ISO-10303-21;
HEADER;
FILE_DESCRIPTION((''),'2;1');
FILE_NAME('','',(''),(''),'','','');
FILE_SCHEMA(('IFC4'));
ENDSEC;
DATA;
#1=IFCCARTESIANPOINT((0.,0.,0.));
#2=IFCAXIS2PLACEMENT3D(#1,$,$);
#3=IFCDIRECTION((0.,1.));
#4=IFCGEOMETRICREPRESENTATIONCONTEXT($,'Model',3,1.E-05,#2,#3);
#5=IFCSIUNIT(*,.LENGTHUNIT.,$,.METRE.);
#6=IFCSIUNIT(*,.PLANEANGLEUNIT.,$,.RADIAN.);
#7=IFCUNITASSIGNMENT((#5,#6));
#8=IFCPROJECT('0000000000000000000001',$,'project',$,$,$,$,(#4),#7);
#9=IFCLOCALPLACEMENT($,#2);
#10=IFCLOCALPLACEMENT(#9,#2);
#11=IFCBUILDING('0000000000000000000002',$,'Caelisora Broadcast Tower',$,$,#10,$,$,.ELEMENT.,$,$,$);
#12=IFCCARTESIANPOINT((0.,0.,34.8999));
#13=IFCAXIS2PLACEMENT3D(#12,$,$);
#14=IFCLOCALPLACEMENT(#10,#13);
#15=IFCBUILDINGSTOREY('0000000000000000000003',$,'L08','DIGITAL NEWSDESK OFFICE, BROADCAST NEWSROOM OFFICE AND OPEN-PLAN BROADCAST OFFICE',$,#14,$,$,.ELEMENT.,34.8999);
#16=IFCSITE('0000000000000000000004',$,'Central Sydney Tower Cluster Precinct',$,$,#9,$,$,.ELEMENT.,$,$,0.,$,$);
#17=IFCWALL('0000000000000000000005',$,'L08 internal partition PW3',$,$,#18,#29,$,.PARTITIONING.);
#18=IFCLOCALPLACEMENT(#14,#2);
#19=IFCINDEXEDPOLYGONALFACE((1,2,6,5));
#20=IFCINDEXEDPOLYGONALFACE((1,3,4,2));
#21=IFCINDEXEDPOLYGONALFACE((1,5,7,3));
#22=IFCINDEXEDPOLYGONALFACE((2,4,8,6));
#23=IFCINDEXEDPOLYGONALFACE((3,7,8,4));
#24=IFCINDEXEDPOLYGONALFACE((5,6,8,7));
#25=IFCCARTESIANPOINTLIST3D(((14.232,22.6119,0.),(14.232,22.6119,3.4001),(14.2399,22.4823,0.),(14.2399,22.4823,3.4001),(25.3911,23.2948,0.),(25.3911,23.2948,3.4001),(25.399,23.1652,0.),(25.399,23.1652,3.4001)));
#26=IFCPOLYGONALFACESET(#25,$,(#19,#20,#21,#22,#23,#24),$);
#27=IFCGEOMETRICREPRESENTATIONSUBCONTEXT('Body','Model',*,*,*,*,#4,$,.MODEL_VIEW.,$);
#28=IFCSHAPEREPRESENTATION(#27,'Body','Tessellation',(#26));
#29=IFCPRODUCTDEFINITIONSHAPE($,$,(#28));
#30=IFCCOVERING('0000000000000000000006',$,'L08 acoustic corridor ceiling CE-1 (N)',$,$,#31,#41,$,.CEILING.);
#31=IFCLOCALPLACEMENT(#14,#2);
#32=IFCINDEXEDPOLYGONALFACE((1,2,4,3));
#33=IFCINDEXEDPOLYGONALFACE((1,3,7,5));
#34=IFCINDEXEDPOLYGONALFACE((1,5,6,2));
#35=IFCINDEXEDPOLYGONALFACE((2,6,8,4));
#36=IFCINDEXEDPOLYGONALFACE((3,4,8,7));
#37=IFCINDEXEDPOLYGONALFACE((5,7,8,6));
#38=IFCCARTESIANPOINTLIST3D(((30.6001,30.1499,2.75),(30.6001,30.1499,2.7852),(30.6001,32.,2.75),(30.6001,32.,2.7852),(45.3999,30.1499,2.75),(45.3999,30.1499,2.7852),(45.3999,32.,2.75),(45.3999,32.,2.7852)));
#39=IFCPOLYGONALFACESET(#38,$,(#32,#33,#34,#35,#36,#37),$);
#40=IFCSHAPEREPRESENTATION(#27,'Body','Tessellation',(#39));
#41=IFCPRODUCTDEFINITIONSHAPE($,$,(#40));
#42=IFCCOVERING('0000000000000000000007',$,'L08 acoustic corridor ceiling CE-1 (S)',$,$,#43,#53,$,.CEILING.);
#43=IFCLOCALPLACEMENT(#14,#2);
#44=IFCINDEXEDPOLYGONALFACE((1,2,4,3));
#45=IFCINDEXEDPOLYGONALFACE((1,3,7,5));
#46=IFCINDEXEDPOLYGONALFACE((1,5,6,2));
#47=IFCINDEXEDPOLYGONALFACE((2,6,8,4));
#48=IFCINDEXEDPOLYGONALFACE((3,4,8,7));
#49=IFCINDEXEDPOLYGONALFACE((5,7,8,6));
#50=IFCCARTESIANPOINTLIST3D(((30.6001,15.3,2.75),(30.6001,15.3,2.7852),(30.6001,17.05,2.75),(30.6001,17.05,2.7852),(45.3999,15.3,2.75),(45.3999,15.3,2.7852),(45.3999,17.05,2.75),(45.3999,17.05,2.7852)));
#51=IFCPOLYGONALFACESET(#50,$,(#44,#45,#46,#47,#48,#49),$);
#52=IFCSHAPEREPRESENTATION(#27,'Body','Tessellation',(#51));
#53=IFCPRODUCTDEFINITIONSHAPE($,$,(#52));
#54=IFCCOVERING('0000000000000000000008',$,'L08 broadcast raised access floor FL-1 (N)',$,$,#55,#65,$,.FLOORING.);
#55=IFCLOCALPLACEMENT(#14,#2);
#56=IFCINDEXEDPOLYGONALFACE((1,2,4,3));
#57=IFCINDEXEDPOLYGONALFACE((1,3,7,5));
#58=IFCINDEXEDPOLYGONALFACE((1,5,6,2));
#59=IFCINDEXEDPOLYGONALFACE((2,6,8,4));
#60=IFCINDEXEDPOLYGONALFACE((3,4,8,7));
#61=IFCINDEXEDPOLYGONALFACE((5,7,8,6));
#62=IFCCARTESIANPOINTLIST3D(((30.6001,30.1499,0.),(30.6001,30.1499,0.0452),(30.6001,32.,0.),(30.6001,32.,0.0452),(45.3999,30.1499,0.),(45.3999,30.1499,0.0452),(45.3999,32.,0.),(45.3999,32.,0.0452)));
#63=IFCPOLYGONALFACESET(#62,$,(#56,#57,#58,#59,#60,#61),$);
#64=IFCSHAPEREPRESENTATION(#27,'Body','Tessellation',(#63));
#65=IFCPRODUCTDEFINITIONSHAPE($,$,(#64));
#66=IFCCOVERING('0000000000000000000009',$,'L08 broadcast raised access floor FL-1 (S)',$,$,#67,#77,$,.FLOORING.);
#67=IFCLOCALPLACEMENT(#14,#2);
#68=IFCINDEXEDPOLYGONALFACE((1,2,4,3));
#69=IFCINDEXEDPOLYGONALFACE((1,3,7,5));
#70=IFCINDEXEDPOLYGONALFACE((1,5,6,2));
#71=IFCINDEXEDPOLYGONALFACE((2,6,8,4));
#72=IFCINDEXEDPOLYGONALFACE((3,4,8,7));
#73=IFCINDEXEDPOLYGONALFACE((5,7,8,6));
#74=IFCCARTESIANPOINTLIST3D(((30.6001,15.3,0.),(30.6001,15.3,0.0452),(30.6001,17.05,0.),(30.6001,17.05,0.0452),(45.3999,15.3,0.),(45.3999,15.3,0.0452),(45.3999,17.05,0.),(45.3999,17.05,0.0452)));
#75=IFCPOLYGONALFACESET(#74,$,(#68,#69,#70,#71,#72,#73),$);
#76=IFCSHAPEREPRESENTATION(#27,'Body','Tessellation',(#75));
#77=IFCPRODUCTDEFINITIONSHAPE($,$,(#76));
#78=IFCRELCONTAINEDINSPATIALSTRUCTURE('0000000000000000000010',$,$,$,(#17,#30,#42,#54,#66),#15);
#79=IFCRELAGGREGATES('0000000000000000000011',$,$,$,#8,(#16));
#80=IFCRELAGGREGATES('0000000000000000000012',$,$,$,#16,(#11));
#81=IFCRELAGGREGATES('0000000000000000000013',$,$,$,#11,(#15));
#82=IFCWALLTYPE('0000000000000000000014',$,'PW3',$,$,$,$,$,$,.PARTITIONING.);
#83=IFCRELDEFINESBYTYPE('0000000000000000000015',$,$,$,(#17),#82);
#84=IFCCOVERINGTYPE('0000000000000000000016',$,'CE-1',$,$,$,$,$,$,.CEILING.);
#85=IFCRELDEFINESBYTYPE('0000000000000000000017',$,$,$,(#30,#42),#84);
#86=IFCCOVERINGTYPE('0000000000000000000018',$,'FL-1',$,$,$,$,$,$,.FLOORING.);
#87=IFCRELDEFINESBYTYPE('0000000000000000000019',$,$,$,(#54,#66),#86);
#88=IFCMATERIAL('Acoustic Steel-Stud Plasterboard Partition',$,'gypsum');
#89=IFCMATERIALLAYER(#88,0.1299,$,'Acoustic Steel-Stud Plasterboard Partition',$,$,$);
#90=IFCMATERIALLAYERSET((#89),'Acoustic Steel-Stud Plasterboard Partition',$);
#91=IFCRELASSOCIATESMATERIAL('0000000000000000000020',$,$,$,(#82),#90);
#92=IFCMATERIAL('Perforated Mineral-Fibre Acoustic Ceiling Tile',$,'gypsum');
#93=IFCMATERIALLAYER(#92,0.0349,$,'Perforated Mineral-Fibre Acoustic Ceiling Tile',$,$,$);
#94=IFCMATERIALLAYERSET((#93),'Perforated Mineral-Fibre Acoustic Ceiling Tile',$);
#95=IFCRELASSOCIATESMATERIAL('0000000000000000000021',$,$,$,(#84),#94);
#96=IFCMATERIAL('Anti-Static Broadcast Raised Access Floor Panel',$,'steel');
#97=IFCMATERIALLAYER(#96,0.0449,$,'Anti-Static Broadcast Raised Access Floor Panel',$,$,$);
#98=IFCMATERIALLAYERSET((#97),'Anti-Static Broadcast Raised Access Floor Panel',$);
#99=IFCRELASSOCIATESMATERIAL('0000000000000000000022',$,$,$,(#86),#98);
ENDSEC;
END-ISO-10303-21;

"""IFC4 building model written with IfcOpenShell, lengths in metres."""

from ifc_helpers import new_model, si_unit, direction, frame, frame_2d, origin, place, context, subcontext, project, spatial, polyline, rectangle, outline, extrude, material, layer, layer_set, type_object, element, save


model = new_model("IFC4")

# Units and contexts
model_context = context("Model", 3, precision=1e-05, world=origin(), true_north=direction((0.0, 1.0)))
body_context = subcontext(model_context, "Body", "Model", "MODEL_VIEW")
ifc_project = project(units=[si_unit("LENGTHUNIT", "METRE"), si_unit("PLANEANGLEUNIT", "RADIAN")], contexts=[model_context])

# Site, building, storey
site_placement = place(None, origin())
site = spatial("IfcSite", under=ifc_project, at=site_placement, Name="Central Sydney Tower Cluster Precinct", CompositionType="ELEMENT", RefElevation=0.0)
building_placement = place(site_placement, origin())
building = spatial("IfcBuilding", under=site, at=building_placement, Name="Caelisora Broadcast Tower", CompositionType="ELEMENT")
storey_placement = place(building_placement, frame((0.0, 0.0, 34.8999)))
storey = spatial("IfcBuildingStorey", under=building, at=storey_placement, Name="L08", Description="DIGITAL NEWSDESK OFFICE, BROADCAST NEWSROOM OFFICE AND OPEN-PLAN BROADCAST OFFICE", CompositionType="ELEMENT", Elevation=34.8999)

# Shared definitions
ifc_material_1 = material(Name="Acoustic Steel-Stud Plasterboard Partition", Category="gypsum")
ifc_layer_1 = layer(ifc_material_1, 0.1299, Name="Acoustic Steel-Stud Plasterboard Partition")
ifc_layer_set_1 = layer_set([ifc_layer_1], Name="Acoustic Steel-Stud Plasterboard Partition")
wall_type = type_object("IfcWallType", Name="PW3", PredefinedType="PARTITIONING", material=ifc_layer_set_1)

# Wall
wall_1_placement = place(storey_placement, frame((14.2361, 22.5471, 0.0), z_axis=(0.0, 0.0, 1.0), x_axis=(0.998133, 0.06108, 0.0)))
element("IfcWall", 1, at=wall_1_placement, inside=storey, type_object=wall_type, Name="L08 internal partition PW3", PredefinedType="PARTITIONING", context=body_context, shape_type="SweptSolid", body=[
    extrude(rectangle(XDim=11.1799, YDim=0.1299, at=frame_2d((5.5898, 0.0))), origin(), (0.0, 0.0, 1.0), 3.4001),
])

# Coverings
ifc_material_2 = material(Name="Perforated Mineral-Fibre Acoustic Ceiling Tile", Category="gypsum")
ifc_layer_2 = layer(ifc_material_2, 0.0349, Name="Perforated Mineral-Fibre Acoustic Ceiling Tile")
ifc_layer_set_2 = layer_set([ifc_layer_2], Name="Perforated Mineral-Fibre Acoustic Ceiling Tile")
covering_type_1 = type_object("IfcCoveringType", Name="CE-1", PredefinedType="CEILING", material=ifc_layer_set_2)
covering_1_placement = place(storey_placement, frame((0.0, 0.0, 2.75)))
element("IfcCovering", 2, at=covering_1_placement, inside=storey, type_object=covering_type_1, Name="L08 acoustic corridor ceiling CE-1 (N)", PredefinedType="CEILING", context=body_context, shape_type="SweptSolid", body=[
    extrude(outline(polyline([(30.6001, 30.1499), (45.3999, 30.1499), (45.3999, 32.0), (30.6001, 32.0), (30.6001, 30.1499)])), origin(), (0.0, 0.0, 1.0), 0.0352),
])
covering_2_placement = place(storey_placement, frame((0.0, 0.0, 2.75)))
element("IfcCovering", 3, at=covering_2_placement, inside=storey, type_object=covering_type_1, Name="L08 acoustic corridor ceiling CE-1 (S)", PredefinedType="CEILING", context=body_context, shape_type="SweptSolid", body=[
    extrude(outline(polyline([(30.6001, 15.3), (45.3999, 15.3), (45.3999, 17.05), (30.6001, 17.05), (30.6001, 15.3)])), origin(), (0.0, 0.0, 1.0), 0.0352),
])
ifc_material_3 = material(Name="Anti-Static Broadcast Raised Access Floor Panel", Category="steel")
ifc_layer_3 = layer(ifc_material_3, 0.0449, Name="Anti-Static Broadcast Raised Access Floor Panel")
ifc_layer_set_3 = layer_set([ifc_layer_3], Name="Anti-Static Broadcast Raised Access Floor Panel")
covering_type_2 = type_object("IfcCoveringType", Name="FL-1", PredefinedType="FLOORING", material=ifc_layer_set_3)
covering_3_placement = place(storey_placement, origin())
element("IfcCovering", 4, at=covering_3_placement, inside=storey, type_object=covering_type_2, Name="L08 broadcast raised access floor FL-1 (N)", PredefinedType="FLOORING", context=body_context, shape_type="SweptSolid", body=[
    extrude(outline(polyline([(30.6001, 30.1499), (45.3999, 30.1499), (45.3999, 32.0), (30.6001, 32.0), (30.6001, 30.1499)])), origin(), (0.0, 0.0, 1.0), 0.0452),
])
covering_4_placement = place(storey_placement, origin())
element("IfcCovering", 5, at=covering_4_placement, inside=storey, type_object=covering_type_2, Name="L08 broadcast raised access floor FL-1 (S)", PredefinedType="FLOORING", context=body_context, shape_type="SweptSolid", body=[
    extrude(outline(polyline([(30.6001, 15.3), (45.3999, 15.3), (45.3999, 17.05), (30.6001, 17.05), (30.6001, 15.3)])), origin(), (0.0, 0.0, 1.0), 0.0452),
])

save(model, "model.ifc")
